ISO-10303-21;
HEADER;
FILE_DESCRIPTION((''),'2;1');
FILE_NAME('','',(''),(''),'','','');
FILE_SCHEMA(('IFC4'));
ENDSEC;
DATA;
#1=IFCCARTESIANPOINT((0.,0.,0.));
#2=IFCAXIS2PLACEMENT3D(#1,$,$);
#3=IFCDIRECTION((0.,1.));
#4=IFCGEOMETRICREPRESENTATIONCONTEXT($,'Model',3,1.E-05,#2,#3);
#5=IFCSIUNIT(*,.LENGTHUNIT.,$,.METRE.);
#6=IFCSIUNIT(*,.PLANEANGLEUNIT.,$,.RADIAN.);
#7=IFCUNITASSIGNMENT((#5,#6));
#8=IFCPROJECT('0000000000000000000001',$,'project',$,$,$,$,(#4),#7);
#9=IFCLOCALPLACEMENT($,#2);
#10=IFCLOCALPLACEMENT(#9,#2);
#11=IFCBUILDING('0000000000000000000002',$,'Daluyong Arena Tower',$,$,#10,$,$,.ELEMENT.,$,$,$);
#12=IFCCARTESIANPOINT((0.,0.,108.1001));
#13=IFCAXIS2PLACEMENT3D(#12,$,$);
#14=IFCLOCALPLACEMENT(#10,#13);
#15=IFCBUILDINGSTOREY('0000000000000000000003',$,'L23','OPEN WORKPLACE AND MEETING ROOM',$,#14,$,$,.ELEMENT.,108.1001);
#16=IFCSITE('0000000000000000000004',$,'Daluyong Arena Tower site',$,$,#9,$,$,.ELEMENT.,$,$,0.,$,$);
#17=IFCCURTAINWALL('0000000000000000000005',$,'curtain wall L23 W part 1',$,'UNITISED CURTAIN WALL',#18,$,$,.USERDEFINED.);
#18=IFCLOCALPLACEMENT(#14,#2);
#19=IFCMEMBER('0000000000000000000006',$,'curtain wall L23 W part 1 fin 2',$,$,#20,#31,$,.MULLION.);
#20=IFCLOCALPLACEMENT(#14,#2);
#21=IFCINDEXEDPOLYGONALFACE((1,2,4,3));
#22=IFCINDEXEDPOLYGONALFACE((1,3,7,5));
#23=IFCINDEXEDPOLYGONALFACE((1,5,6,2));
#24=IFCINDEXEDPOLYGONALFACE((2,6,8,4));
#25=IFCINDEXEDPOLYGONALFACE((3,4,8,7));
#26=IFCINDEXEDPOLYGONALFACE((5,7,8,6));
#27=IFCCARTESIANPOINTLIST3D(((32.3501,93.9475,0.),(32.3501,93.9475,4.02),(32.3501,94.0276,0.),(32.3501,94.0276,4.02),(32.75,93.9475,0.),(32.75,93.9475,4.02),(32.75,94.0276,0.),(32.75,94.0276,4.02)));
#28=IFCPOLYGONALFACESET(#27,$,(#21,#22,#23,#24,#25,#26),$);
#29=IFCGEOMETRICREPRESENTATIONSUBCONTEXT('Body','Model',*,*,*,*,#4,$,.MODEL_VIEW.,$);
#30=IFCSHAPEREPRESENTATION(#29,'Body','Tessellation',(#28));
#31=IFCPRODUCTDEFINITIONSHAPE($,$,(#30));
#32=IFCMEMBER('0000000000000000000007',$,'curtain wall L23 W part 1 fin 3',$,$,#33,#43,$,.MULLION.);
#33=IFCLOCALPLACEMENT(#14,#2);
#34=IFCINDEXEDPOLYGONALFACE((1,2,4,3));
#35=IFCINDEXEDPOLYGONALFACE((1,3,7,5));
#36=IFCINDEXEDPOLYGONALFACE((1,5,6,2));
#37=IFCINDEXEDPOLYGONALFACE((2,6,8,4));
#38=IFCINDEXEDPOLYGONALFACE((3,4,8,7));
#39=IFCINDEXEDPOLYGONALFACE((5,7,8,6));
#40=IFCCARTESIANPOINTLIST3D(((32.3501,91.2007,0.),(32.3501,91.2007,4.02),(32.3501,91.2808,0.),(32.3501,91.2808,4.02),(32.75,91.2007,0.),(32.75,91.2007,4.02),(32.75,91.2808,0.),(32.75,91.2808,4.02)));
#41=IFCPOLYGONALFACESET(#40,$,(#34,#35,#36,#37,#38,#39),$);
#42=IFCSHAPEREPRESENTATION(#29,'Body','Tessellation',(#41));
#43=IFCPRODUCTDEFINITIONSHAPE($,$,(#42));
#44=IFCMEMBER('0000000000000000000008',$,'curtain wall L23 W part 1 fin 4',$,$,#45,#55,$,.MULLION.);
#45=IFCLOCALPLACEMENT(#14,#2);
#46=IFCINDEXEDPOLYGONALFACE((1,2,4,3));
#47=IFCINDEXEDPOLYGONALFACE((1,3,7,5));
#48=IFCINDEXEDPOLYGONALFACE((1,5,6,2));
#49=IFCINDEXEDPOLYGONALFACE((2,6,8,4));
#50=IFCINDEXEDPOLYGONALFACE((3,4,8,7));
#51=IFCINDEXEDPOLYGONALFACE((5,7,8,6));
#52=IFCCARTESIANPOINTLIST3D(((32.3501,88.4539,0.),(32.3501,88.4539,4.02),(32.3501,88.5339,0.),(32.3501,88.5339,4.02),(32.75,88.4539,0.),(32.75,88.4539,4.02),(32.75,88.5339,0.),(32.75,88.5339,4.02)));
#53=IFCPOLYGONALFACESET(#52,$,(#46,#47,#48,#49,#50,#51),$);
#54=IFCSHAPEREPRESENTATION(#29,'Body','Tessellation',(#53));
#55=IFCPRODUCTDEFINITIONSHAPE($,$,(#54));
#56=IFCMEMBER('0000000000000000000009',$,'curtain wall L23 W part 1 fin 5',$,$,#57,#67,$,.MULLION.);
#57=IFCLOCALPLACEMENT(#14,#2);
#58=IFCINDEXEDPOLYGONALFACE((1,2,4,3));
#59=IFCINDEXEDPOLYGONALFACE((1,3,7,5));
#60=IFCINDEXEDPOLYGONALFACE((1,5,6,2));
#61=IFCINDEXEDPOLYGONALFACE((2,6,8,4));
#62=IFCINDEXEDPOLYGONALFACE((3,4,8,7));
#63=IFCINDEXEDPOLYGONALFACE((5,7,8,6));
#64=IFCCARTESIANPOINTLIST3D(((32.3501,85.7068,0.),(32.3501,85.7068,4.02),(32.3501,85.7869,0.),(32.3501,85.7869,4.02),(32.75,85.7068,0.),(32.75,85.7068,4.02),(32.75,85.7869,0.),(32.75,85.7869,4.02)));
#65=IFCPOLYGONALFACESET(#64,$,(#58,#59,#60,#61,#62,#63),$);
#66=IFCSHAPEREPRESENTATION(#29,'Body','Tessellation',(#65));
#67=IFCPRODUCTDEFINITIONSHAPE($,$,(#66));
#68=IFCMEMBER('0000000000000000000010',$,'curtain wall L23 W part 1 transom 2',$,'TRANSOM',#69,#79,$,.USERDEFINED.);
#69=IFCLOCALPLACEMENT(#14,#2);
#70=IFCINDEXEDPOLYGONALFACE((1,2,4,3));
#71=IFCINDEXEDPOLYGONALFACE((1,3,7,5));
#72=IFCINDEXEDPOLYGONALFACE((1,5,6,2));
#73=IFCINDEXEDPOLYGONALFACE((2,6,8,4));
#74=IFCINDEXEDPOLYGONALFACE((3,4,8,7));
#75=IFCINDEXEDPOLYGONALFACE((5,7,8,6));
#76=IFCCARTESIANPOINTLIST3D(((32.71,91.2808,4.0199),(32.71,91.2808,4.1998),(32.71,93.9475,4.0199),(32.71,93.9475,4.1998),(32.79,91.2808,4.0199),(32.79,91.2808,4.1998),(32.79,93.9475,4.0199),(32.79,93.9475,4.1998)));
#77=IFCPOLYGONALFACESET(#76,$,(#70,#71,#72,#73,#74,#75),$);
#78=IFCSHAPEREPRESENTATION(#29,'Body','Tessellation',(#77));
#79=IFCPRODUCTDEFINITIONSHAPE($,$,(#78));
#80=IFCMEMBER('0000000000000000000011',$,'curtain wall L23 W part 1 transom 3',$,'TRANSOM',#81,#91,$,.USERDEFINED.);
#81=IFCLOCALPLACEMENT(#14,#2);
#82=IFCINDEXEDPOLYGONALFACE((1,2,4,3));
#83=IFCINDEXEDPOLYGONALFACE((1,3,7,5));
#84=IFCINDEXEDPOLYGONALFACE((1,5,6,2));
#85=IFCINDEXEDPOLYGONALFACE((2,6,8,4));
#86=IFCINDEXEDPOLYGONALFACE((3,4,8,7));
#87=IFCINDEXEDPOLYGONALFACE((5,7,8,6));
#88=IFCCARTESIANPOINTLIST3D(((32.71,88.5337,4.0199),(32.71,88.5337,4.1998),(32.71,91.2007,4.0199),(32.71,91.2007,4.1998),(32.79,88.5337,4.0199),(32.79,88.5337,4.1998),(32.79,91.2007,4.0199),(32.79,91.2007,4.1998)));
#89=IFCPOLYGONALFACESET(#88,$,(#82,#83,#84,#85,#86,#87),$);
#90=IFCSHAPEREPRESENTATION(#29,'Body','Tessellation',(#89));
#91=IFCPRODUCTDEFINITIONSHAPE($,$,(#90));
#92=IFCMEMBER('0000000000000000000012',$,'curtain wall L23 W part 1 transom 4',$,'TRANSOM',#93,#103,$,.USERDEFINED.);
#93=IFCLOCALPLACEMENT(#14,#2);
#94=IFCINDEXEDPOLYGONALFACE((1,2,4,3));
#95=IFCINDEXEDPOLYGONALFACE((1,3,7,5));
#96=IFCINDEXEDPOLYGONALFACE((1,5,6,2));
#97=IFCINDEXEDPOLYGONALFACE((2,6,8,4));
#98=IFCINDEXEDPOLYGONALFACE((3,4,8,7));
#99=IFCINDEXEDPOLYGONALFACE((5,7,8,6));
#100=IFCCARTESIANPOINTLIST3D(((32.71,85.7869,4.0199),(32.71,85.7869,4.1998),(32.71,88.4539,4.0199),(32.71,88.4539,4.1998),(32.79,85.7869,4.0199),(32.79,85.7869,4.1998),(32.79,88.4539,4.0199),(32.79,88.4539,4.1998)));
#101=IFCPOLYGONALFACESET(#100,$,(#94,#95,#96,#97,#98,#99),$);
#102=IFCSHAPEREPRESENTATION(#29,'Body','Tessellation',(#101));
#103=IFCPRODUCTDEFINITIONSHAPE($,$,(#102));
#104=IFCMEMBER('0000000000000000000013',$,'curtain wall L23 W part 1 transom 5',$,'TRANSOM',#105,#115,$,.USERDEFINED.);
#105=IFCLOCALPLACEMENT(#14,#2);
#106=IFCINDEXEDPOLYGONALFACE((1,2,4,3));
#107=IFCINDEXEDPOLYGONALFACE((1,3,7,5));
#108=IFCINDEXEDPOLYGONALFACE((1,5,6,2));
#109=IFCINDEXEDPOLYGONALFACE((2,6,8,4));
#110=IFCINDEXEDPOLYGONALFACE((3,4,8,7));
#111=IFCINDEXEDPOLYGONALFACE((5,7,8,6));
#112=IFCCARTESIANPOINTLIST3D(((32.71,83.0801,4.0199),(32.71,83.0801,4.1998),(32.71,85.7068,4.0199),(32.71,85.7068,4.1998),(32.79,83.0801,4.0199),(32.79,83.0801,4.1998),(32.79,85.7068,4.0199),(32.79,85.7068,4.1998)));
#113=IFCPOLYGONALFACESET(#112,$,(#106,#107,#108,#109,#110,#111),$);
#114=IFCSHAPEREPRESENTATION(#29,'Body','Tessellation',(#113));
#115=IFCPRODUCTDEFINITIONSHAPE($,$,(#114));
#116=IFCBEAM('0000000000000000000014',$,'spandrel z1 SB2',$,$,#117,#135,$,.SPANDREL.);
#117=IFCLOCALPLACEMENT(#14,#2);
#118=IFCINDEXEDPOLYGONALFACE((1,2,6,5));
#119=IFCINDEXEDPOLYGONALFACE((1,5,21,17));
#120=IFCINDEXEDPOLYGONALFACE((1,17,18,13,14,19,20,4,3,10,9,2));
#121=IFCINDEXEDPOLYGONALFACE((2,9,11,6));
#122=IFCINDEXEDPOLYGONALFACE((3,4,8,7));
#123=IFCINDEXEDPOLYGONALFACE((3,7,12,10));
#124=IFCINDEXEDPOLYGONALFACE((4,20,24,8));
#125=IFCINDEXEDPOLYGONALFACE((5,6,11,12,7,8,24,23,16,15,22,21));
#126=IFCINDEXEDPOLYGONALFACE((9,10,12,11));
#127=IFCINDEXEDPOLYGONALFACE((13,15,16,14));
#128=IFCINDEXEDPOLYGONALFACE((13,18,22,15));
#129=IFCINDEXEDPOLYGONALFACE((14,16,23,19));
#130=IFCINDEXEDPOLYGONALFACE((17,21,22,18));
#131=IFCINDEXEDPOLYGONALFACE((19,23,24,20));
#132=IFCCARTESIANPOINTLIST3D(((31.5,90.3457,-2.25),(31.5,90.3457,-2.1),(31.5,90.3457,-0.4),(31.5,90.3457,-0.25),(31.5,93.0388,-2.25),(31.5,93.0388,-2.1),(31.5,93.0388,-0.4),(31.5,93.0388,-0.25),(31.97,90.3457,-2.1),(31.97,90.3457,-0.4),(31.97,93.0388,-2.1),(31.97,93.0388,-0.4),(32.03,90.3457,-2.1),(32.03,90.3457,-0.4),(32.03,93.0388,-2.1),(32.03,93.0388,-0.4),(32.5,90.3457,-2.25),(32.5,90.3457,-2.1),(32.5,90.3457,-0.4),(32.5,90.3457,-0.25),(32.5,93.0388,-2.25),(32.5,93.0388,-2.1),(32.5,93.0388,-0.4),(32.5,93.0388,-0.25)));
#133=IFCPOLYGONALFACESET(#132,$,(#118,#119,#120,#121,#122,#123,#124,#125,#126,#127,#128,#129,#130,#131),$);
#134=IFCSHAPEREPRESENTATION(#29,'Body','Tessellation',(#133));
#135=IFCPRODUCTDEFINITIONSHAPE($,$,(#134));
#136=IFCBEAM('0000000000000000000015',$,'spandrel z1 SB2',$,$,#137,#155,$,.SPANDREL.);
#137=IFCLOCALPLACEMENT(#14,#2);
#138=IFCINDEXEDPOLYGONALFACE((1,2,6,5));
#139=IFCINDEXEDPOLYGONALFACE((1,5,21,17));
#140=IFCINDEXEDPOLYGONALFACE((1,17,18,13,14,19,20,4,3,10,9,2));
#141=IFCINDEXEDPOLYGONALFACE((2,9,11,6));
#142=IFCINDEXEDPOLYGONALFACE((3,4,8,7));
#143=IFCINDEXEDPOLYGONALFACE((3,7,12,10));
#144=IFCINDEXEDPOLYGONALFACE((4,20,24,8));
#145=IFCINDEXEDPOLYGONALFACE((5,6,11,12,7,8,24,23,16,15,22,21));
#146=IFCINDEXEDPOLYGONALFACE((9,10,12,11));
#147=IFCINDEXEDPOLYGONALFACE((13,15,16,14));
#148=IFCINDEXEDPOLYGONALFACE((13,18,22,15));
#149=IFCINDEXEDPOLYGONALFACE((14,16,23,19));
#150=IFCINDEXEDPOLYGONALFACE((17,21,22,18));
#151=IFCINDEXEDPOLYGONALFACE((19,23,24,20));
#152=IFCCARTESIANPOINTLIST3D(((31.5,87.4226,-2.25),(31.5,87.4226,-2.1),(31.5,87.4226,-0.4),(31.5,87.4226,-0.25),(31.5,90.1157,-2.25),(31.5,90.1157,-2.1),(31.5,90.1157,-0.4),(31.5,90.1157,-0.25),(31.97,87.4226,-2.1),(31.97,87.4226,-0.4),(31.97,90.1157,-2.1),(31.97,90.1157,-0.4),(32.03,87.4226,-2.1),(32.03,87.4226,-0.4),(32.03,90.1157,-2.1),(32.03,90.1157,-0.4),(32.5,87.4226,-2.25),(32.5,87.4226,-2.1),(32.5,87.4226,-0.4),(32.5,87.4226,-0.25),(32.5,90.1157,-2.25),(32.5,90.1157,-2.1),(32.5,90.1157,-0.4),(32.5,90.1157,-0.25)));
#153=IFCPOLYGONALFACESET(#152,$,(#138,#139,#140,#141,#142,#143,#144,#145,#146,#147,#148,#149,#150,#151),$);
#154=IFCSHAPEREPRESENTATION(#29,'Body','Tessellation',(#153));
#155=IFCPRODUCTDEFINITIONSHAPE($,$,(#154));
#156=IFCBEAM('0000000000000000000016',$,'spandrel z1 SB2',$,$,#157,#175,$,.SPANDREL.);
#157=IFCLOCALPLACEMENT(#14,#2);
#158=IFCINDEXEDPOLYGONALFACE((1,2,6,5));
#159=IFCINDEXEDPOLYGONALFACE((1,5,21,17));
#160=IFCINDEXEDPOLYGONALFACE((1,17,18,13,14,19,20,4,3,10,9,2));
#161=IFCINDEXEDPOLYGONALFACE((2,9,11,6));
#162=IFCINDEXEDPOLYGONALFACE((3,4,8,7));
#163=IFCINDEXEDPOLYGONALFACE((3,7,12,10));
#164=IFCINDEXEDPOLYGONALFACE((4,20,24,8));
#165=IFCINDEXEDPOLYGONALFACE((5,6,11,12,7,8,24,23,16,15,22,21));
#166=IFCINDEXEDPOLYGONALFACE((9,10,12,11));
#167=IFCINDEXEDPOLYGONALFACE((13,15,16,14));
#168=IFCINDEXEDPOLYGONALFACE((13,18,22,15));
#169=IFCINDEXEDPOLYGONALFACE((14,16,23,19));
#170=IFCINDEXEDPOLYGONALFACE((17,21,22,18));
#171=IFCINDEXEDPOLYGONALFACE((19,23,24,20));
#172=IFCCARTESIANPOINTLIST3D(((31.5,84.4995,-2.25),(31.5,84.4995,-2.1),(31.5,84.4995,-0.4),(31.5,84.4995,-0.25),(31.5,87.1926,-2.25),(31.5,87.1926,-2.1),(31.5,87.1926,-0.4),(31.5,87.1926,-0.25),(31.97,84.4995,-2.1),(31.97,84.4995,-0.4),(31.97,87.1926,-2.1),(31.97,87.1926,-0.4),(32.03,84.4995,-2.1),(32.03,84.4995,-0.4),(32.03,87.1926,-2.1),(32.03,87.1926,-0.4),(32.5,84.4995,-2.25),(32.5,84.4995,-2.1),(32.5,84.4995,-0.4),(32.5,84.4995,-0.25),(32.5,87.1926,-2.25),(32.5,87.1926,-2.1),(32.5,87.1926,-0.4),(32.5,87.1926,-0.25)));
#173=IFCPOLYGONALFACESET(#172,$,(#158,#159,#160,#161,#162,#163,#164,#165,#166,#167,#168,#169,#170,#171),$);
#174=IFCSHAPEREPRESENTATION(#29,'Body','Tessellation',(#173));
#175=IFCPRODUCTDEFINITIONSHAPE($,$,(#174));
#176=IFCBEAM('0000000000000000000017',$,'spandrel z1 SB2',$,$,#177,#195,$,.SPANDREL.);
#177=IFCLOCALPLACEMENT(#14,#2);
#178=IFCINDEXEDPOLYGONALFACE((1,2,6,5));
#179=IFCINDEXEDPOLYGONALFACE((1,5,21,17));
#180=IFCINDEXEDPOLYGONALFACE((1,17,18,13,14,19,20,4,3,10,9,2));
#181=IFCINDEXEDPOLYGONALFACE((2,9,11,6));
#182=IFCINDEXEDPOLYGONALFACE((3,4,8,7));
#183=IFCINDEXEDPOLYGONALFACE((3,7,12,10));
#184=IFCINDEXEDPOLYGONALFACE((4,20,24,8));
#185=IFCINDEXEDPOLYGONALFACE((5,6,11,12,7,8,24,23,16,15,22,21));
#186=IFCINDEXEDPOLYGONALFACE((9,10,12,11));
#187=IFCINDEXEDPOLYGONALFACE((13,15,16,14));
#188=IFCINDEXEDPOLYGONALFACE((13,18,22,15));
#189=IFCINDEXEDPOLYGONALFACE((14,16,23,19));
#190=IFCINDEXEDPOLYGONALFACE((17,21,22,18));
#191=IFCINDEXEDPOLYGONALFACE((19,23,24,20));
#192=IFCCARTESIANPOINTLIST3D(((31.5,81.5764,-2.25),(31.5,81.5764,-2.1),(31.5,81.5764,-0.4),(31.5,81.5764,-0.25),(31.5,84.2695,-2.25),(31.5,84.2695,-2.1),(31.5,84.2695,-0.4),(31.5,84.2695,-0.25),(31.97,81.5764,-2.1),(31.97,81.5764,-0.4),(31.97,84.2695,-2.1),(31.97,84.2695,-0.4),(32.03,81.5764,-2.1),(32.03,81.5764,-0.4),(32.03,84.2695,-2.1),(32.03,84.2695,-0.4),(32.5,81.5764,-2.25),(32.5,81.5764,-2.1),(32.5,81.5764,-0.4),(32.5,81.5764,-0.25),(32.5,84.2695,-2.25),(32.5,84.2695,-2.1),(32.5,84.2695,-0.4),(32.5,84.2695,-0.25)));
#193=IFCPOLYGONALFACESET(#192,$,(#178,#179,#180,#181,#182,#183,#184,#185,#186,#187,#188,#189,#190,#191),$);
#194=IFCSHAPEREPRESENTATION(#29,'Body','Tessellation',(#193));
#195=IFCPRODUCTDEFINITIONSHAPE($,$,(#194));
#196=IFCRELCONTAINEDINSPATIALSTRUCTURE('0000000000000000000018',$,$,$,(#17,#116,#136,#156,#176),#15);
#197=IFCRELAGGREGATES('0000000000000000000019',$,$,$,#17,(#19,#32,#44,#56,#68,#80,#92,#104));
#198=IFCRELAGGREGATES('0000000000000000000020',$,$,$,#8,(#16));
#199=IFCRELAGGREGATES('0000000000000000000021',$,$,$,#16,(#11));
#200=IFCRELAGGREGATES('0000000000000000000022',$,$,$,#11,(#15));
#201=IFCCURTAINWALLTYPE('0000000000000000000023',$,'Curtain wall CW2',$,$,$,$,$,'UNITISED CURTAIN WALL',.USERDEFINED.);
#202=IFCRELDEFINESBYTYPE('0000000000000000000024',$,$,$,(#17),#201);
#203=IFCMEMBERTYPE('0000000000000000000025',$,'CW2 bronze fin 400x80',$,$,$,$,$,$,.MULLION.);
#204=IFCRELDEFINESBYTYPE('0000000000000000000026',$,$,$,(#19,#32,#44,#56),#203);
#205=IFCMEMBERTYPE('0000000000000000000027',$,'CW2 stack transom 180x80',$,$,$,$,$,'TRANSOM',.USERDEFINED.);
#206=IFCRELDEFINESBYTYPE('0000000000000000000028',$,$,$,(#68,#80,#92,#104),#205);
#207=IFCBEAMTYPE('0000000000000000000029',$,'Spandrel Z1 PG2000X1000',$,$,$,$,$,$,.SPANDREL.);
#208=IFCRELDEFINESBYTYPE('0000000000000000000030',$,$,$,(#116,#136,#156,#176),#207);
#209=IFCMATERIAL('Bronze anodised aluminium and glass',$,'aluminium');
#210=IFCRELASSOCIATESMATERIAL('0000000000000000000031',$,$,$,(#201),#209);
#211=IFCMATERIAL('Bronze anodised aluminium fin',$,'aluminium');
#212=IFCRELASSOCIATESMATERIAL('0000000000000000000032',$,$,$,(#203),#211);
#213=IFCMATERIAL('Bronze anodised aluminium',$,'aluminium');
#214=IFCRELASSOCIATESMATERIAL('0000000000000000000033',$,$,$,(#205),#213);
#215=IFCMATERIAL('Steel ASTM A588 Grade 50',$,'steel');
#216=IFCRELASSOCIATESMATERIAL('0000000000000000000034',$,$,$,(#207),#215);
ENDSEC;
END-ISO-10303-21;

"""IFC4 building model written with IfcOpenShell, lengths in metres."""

from ifc_helpers import new_model, si_unit, direction, frame, origin, origin_2d, place, context, subcontext, project, spatial, rectangle, i_section, extrude, material, material_profile, profile_set, type_object, element, aggregate, save


model = new_model("IFC4")

# Units and contexts
model_context = context("Model", 3, precision=1e-05, world=origin(), true_north=direction((0.0, 1.0)))
body_context = subcontext(model_context, "Body", "Model", "MODEL_VIEW")
ifc_project = project(units=[si_unit("LENGTHUNIT", "METRE"), si_unit("PLANEANGLEUNIT", "RADIAN")], contexts=[model_context])

# Site, building, storey
site_placement = place(None, origin())
site = spatial("IfcSite", under=ifc_project, at=site_placement, Name="Daluyong Arena Tower site", CompositionType="ELEMENT", RefElevation=0.0)
building_placement = place(site_placement, origin())
building = spatial("IfcBuilding", under=site, at=building_placement, Name="Daluyong Arena Tower", CompositionType="ELEMENT")
storey_placement = place(building_placement, frame((0.0, 0.0, 108.1001)))
storey = spatial("IfcBuildingStorey", under=building, at=storey_placement, Name="L23", Description="OPEN WORKPLACE AND MEETING ROOM", CompositionType="ELEMENT", Elevation=108.1001)

# Curtain wall, members
ifc_material_1 = material(Name="Bronze anodised aluminium and glass", Category="aluminium")
curtain_wall_type = type_object("IfcCurtainWallType", Name="Curtain wall CW2", ElementType="UNITISED CURTAIN WALL", PredefinedType="USERDEFINED", material=ifc_material_1)
curtain_wall_placement = place(storey_placement, origin())
curtain_wall = element("IfcCurtainWall", 1, at=curtain_wall_placement, inside=storey, type_object=curtain_wall_type, Name="curtain wall L23 W part 1", ObjectType="UNITISED CURTAIN WALL", PredefinedType="USERDEFINED")
ifc_material_2 = material(Name="Bronze anodised aluminium fin", Category="aluminium")
ifc_material_profile_1 = material_profile(ifc_material_2, rectangle(XDim=0.3999, YDim=0.0801, at=origin_2d()))
ifc_profile_set_1 = profile_set([ifc_material_profile_1], Name="Bronze anodised aluminium fin")
member_type_1 = type_object("IfcMemberType", Name="CW2 bronze fin 400x80", PredefinedType="MULLION", material=ifc_profile_set_1)
member_1_placement = place(storey_placement, frame((32.55, 93.9875, 0.0), z_axis=(0.0, 0.0, 1.0), x_axis=(1.0, 0.0, 0.0)))
member_1 = element("IfcMember", 2, at=member_1_placement, type_object=member_type_1, Name="curtain wall L23 W part 1 fin 2", PredefinedType="MULLION", context=body_context, shape_type="SweptSolid", body=[
    extrude(rectangle(XDim=0.3999, YDim=0.0801, at=origin_2d()), origin(), (0.0, 0.0, 1.0), 4.02),
])
member_2_placement = place(storey_placement, frame((32.55, 91.2407, 0.0), z_axis=(0.0, 0.0, 1.0), x_axis=(1.0, 0.0, 0.0)))
member_2 = element("IfcMember", 3, at=member_2_placement, type_object=member_type_1, Name="curtain wall L23 W part 1 fin 3", PredefinedType="MULLION", context=body_context, shape_type="SweptSolid", body=[
    extrude(rectangle(XDim=0.3999, YDim=0.0801, at=origin_2d()), origin(), (0.0, 0.0, 1.0), 4.02),
])
member_3_placement = place(storey_placement, frame((32.55, 88.4939, 0.0), z_axis=(0.0, 0.0, 1.0), x_axis=(1.0, 0.0, 0.0)))
member_3 = element("IfcMember", 4, at=member_3_placement, type_object=member_type_1, Name="curtain wall L23 W part 1 fin 4", PredefinedType="MULLION", context=body_context, shape_type="SweptSolid", body=[
    extrude(rectangle(XDim=0.3999, YDim=0.0801, at=origin_2d()), origin(), (0.0, 0.0, 1.0), 4.02),
])
member_4_placement = place(storey_placement, frame((32.55, 85.7468, 0.0), z_axis=(0.0, 0.0, 1.0), x_axis=(1.0, 0.0, 0.0)))
member_4 = element("IfcMember", 5, at=member_4_placement, type_object=member_type_1, Name="curtain wall L23 W part 1 fin 5", PredefinedType="MULLION", context=body_context, shape_type="SweptSolid", body=[
    extrude(rectangle(XDim=0.3999, YDim=0.0801, at=origin_2d()), origin(), (0.0, 0.0, 1.0), 4.02),
])
ifc_material_3 = material(Name="Bronze anodised aluminium", Category="aluminium")
ifc_material_profile_2 = material_profile(ifc_material_3, rectangle(XDim=0.0801, YDim=0.1799, at=origin_2d()))
ifc_profile_set_2 = profile_set([ifc_material_profile_2], Name="Bronze anodised aluminium")
member_type_2 = type_object("IfcMemberType", Name="CW2 stack transom 180x80", ElementType="TRANSOM", PredefinedType="USERDEFINED", material=ifc_profile_set_2)
member_5_placement = place(storey_placement, frame((32.75, 93.9475, 4.1099), z_axis=(0.0, -1.0, 0.0), x_axis=(1.0, 0.0, 0.0)))
member_5 = element("IfcMember", 6, at=member_5_placement, type_object=member_type_2, Name="curtain wall L23 W part 1 transom 2", ObjectType="TRANSOM", PredefinedType="USERDEFINED", context=body_context, shape_type="SweptSolid", body=[
    extrude(rectangle(XDim=0.0801, YDim=0.1799, at=origin_2d()), origin(), (0.0, 0.0, 1.0), 2.6667),
])
member_6_placement = place(storey_placement, frame((32.75, 91.2007, 4.1099), z_axis=(0.0, -1.0, 0.0), x_axis=(1.0, 0.0, 0.0)))
member_6 = element("IfcMember", 7, at=member_6_placement, type_object=member_type_2, Name="curtain wall L23 W part 1 transom 3", ObjectType="TRANSOM", PredefinedType="USERDEFINED", context=body_context, shape_type="SweptSolid", body=[
    extrude(rectangle(XDim=0.0801, YDim=0.1799, at=origin_2d()), origin(), (0.0, 0.0, 1.0), 2.667),
])
member_7_placement = place(storey_placement, frame((32.75, 88.4539, 4.1099), z_axis=(0.0, -1.0, 0.0), x_axis=(1.0, 0.0, 0.0)))
member_7 = element("IfcMember", 8, at=member_7_placement, type_object=member_type_2, Name="curtain wall L23 W part 1 transom 4", ObjectType="TRANSOM", PredefinedType="USERDEFINED", context=body_context, shape_type="SweptSolid", body=[
    extrude(rectangle(XDim=0.0801, YDim=0.1799, at=origin_2d()), origin(), (0.0, 0.0, 1.0), 2.667),
])
member_8_placement = place(storey_placement, frame((32.75, 85.7068, 4.1099), z_axis=(0.0, -1.0, 0.0), x_axis=(1.0, 0.0, 0.0)))
member_8 = element("IfcMember", 9, at=member_8_placement, type_object=member_type_2, Name="curtain wall L23 W part 1 transom 5", ObjectType="TRANSOM", PredefinedType="USERDEFINED", context=body_context, shape_type="SweptSolid", body=[
    extrude(rectangle(XDim=0.0801, YDim=0.1799, at=origin_2d()), origin(), (0.0, 0.0, 1.0), 2.6267),
])

# Beams
ifc_material_4 = material(Name="Steel ASTM A588 Grade 50", Category="steel")
ifc_material_profile_3 = material_profile(ifc_material_4, i_section(OverallWidth=1.0, OverallDepth=2.0, WebThickness=0.06, FlangeThickness=0.15, at=origin_2d()))
ifc_profile_set_3 = profile_set([ifc_material_profile_3], Name="Steel ASTM A588 Grade 50")
beam_type_1 = type_object("IfcBeamType", Name="Spandrel Z1 PG2000X1000", PredefinedType="SPANDREL", material=ifc_profile_set_3)
for number, where, z_axis, x_axis, name in (
    (10, (32.0, 93.0388, -1.25), (0.0, -1.0, 0.0), (1.0, 0.0, 0.0), "spandrel z1 SB2"),
    (11, (32.0, 90.1157, -1.25), (0.0, -1.0, 0.0), (1.0, 0.0, 0.0), "spandrel z1 SB2"),
    (12, (32.0, 87.1926, -1.25), (0.0, -1.0, 0.0), (1.0, 0.0, 0.0), "spandrel z1 SB2"),
    (13, (32.0, 84.2695, -1.25), (0.0, -1.0, 0.0), (1.0, 0.0, 0.0), "spandrel z1 SB2"),
):
    element("IfcBeam", number, at=place(storey_placement, frame(where, z_axis=z_axis, x_axis=x_axis)), inside=storey, type_object=beam_type_1, Name=name, PredefinedType="SPANDREL", context=body_context, shape_type="SweptSolid", body=[
        extrude(i_section(OverallWidth=1.0, OverallDepth=2.0, WebThickness=0.06, FlangeThickness=0.15, at=origin_2d()), origin(), (0.0, 0.0, 1.0), 2.6931),
    ])

aggregate(curtain_wall, [member_1, member_2, member_3, member_4, member_5, member_6, member_7, member_8])

save(model, "model.ifc")
